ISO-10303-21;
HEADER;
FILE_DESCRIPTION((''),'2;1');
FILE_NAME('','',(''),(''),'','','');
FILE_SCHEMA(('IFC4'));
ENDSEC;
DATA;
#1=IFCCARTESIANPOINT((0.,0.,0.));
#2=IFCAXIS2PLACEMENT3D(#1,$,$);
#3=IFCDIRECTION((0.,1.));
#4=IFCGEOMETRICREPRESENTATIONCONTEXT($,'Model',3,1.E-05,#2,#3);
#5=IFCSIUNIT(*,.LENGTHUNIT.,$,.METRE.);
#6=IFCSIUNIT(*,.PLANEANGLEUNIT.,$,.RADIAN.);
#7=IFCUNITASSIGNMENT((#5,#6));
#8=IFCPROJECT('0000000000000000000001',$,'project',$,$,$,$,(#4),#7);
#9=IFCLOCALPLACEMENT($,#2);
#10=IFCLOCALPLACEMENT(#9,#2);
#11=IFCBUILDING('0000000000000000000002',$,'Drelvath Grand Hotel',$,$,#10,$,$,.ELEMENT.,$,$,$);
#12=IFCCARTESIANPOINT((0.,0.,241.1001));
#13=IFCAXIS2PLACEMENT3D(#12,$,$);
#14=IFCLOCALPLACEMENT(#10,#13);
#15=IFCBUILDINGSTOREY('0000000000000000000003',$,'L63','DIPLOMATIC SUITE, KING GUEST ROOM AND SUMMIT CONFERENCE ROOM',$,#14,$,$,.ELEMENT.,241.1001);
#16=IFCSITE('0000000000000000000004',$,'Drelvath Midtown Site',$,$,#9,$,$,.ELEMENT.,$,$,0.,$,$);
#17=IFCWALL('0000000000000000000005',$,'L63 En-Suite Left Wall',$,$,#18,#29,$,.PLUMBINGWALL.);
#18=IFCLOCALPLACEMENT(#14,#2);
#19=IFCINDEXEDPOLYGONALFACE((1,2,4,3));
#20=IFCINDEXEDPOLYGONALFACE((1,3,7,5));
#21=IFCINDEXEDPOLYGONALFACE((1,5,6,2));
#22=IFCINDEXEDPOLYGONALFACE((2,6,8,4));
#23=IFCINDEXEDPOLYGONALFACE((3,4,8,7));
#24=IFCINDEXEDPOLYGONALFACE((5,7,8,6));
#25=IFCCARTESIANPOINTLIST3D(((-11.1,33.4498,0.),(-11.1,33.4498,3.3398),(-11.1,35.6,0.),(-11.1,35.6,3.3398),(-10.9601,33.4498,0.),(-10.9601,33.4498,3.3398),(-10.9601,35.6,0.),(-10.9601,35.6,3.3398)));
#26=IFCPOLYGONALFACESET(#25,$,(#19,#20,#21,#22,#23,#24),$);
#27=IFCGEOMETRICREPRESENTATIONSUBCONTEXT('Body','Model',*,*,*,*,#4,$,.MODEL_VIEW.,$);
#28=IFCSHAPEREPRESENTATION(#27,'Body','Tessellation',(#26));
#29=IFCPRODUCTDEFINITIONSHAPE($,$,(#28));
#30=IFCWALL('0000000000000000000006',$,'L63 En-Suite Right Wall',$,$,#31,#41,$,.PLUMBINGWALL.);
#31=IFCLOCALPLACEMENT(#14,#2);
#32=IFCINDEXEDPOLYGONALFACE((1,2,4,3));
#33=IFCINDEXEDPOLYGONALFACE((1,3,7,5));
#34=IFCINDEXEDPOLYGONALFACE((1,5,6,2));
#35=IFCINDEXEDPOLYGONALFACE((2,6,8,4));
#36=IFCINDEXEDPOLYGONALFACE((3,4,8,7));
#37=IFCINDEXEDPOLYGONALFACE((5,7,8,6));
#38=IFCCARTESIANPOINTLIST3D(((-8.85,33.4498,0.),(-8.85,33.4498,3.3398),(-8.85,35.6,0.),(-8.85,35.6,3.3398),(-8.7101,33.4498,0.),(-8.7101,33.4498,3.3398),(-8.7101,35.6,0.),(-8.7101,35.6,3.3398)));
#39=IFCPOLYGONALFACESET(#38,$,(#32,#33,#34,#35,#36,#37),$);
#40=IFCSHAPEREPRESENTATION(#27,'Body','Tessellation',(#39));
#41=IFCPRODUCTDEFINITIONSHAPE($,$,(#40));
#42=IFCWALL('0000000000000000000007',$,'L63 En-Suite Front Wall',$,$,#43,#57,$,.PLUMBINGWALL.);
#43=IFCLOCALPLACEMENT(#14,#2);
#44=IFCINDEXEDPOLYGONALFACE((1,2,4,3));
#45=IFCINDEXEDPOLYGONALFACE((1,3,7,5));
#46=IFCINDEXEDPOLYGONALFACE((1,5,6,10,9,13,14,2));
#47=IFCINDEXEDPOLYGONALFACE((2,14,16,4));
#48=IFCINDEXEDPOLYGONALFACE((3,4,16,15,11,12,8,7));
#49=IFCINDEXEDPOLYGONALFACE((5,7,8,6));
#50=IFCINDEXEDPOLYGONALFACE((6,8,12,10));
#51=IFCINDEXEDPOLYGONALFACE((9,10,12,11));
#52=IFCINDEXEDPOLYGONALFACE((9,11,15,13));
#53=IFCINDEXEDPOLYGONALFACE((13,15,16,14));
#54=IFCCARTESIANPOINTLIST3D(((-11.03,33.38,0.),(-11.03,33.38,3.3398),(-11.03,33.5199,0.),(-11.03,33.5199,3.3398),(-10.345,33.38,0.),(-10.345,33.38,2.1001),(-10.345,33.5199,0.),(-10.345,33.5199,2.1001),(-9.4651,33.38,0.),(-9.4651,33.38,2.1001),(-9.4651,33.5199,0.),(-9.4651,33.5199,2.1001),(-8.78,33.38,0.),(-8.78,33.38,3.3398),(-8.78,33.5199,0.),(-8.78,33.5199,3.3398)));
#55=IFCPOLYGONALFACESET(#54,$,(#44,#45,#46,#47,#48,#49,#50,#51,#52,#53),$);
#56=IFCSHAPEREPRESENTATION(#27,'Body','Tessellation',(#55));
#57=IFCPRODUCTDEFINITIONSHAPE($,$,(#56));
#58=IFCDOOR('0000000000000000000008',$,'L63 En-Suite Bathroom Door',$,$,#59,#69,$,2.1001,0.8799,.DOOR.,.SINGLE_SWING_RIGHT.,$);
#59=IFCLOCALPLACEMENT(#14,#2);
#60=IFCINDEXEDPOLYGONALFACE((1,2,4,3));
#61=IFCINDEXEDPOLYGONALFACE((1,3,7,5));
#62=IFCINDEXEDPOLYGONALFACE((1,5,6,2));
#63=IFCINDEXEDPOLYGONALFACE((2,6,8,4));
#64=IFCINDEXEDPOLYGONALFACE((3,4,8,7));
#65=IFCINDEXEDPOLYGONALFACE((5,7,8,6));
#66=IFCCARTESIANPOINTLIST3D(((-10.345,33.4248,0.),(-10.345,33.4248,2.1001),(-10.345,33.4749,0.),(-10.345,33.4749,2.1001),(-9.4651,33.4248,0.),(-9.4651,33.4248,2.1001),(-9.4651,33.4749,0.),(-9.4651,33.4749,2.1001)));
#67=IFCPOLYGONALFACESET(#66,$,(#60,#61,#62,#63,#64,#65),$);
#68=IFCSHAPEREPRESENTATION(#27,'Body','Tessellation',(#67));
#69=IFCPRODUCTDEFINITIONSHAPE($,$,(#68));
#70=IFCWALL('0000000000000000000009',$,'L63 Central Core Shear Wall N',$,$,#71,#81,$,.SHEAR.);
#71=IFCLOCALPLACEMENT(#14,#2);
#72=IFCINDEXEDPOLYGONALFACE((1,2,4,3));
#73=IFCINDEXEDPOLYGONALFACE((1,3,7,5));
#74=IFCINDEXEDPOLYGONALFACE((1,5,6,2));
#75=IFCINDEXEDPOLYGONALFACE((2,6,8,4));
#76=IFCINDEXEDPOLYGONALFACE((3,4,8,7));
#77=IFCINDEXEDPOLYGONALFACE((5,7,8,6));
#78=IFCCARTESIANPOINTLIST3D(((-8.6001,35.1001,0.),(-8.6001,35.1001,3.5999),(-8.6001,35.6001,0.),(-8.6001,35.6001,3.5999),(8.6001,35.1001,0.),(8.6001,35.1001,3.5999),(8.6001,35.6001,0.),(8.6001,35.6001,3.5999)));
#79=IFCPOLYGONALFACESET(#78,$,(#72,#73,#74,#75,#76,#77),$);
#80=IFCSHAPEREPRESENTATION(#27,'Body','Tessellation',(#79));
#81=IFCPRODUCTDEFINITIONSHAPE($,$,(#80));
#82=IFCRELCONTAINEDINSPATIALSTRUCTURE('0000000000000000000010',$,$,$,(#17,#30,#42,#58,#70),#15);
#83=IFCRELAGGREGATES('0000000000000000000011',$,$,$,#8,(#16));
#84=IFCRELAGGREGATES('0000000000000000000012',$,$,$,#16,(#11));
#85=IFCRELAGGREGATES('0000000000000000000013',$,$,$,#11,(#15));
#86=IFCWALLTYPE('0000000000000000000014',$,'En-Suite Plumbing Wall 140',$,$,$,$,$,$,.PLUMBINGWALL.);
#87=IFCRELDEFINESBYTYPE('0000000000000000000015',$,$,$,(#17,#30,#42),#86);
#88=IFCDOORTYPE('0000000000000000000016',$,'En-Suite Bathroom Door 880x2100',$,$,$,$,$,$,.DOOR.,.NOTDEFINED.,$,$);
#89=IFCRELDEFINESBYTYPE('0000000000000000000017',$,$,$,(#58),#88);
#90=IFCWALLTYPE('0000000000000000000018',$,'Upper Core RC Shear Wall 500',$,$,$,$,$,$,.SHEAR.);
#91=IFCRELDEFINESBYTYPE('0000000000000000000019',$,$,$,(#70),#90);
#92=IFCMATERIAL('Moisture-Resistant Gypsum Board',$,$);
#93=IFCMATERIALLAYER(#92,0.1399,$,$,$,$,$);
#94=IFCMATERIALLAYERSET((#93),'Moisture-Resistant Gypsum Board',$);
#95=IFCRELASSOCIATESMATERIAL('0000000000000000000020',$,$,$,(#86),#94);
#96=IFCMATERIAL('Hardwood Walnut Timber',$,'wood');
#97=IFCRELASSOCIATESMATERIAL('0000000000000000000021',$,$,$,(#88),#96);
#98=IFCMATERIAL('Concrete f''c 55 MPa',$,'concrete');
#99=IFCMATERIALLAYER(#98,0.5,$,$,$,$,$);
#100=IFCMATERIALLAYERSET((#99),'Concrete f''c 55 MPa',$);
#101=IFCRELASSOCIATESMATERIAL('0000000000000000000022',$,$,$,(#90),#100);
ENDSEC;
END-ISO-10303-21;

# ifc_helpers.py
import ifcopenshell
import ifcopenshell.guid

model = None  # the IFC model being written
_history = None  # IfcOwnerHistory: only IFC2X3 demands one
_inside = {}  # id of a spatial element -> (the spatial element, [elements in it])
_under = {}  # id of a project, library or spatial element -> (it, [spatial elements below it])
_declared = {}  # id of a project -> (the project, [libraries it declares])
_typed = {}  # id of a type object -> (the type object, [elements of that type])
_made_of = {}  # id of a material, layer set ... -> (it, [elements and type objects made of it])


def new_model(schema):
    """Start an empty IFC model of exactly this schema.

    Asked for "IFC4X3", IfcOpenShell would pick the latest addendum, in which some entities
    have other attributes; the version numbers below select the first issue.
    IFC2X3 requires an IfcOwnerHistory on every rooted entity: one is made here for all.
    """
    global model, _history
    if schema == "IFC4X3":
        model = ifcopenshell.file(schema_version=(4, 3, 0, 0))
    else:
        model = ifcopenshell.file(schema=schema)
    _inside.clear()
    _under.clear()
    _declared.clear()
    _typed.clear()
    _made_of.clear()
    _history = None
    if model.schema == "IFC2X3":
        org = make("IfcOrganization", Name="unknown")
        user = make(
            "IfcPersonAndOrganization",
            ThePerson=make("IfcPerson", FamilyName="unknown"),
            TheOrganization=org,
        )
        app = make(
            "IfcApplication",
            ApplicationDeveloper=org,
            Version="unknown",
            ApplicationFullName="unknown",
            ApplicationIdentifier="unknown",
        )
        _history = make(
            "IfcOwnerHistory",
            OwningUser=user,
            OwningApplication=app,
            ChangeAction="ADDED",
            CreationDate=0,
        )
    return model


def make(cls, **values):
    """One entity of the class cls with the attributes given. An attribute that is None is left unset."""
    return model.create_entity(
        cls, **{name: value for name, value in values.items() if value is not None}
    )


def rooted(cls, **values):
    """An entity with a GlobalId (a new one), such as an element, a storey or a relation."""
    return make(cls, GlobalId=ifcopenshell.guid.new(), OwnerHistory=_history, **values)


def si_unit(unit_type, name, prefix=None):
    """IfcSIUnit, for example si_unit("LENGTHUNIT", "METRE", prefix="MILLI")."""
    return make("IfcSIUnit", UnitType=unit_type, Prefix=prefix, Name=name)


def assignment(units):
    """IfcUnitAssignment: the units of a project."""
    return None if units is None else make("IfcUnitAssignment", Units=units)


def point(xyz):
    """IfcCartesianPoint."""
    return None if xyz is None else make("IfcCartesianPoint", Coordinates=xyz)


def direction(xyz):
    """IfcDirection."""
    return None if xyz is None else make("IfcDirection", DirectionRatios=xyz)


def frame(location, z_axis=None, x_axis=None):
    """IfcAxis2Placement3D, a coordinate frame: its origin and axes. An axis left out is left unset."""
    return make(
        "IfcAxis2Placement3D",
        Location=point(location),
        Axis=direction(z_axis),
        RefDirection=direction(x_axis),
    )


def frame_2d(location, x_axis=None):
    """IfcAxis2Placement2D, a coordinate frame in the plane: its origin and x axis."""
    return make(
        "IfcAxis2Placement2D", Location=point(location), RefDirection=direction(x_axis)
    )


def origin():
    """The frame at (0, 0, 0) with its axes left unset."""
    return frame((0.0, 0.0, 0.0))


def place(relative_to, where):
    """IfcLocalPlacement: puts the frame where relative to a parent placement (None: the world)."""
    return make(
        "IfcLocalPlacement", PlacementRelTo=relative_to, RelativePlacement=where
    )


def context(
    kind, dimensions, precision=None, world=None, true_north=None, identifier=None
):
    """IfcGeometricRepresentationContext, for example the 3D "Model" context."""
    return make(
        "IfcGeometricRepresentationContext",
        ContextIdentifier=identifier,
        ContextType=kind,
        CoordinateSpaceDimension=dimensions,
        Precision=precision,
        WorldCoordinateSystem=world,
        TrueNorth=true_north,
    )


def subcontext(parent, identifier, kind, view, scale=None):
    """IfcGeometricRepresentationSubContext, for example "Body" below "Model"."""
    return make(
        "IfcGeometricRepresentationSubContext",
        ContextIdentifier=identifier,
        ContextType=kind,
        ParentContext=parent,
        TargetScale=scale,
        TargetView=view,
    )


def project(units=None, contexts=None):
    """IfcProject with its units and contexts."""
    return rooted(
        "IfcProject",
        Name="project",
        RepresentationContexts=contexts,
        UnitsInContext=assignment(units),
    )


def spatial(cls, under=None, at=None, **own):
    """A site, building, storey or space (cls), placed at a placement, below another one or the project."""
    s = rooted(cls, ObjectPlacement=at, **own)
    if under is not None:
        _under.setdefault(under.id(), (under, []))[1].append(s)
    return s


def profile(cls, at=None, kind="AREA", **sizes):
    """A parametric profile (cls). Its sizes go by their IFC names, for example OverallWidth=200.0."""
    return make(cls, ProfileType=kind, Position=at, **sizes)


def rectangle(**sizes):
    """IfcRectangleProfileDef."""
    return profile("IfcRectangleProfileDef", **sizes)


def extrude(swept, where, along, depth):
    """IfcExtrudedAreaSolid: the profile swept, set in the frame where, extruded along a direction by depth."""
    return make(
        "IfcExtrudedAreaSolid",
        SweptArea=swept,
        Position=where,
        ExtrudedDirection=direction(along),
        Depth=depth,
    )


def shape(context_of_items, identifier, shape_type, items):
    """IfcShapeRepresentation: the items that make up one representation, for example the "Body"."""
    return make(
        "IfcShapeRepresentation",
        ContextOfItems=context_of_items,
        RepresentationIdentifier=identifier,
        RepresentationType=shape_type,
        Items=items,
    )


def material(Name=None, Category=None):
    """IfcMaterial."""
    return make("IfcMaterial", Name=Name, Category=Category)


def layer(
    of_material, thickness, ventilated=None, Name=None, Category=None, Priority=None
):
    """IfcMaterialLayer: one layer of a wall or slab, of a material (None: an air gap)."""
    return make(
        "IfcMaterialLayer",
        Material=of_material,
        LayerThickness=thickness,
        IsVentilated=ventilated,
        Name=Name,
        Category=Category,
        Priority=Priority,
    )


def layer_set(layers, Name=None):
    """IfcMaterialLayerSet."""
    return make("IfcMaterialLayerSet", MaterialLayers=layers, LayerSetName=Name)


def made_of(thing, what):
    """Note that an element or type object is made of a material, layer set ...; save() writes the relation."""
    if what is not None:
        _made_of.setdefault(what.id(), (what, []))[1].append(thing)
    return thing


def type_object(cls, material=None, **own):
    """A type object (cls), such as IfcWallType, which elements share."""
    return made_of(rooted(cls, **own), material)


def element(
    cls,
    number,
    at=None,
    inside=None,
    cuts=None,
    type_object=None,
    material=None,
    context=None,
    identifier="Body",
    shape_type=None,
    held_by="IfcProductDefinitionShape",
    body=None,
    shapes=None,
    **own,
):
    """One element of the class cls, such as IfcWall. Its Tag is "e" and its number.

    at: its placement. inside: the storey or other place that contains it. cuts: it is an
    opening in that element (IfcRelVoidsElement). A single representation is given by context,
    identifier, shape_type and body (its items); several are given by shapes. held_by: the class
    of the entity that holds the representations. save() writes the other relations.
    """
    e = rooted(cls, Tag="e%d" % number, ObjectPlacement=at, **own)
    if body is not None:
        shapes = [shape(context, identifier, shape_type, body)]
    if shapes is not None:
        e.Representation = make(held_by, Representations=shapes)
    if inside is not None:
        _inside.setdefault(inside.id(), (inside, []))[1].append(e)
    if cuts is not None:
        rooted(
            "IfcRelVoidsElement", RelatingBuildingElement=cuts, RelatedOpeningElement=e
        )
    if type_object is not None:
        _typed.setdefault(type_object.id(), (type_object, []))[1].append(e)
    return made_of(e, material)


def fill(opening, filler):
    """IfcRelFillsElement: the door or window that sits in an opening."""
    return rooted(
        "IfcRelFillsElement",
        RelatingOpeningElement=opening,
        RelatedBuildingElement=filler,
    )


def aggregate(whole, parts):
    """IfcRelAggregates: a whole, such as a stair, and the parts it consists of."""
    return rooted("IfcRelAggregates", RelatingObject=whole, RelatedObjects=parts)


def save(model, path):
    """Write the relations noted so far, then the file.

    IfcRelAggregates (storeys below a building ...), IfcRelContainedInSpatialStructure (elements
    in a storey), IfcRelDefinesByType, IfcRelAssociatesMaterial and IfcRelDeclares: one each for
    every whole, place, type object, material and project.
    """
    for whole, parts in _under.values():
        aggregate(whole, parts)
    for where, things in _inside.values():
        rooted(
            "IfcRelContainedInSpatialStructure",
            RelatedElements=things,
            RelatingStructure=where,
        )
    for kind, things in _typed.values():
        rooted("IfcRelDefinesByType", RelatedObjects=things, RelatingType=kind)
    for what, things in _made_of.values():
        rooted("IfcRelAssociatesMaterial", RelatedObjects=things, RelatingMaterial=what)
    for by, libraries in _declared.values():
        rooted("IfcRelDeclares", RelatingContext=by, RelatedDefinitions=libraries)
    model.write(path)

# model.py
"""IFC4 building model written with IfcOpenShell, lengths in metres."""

from ifc_helpers import new_model, si_unit, direction, frame, frame_2d, origin, place, context, subcontext, project, spatial, rectangle, extrude, material, layer, layer_set, type_object, element, fill, save


model = new_model("IFC4")

# Units and contexts
model_context = context("Model", 3, precision=1e-05, world=origin(), true_north=direction((0.0, 1.0)))
body_context = subcontext(model_context, "Body", "Model", "MODEL_VIEW")
ifc_project = project(units=[si_unit("LENGTHUNIT", "METRE"), si_unit("PLANEANGLEUNIT", "RADIAN")], contexts=[model_context])

# Site, building, storey
site_placement = place(None, origin())
site = spatial("IfcSite", under=ifc_project, at=site_placement, Name="Drelvath Midtown Site", CompositionType="ELEMENT", RefElevation=0.0)
building_placement = place(site_placement, origin())
building = spatial("IfcBuilding", under=site, at=building_placement, Name="Drelvath Grand Hotel", CompositionType="ELEMENT")
storey_placement = place(building_placement, frame((0.0, 0.0, 241.1001)))
storey = spatial("IfcBuildingStorey", under=building, at=storey_placement, Name="L63", Description="DIPLOMATIC SUITE, KING GUEST ROOM AND SUMMIT CONFERENCE ROOM", CompositionType="ELEMENT", Elevation=241.1001)

# Shared definitions
ifc_material_1 = material(Name="Concrete f'c 55 MPa", Category="concrete")

# Shared definitions
ifc_material_2 = material(Name="Hardwood Walnut Timber", Category="wood")

# Walls
ifc_material_3 = material(Name="Moisture-Resistant Gypsum Board")
ifc_layer_1 = layer(ifc_material_3, 0.1399)
ifc_layer_set_1 = layer_set([ifc_layer_1], Name="Moisture-Resistant Gypsum Board")
wall_type_1 = type_object("IfcWallType", Name="En-Suite Plumbing Wall 140", PredefinedType="PLUMBINGWALL", material=ifc_layer_set_1)
for number, where, z_axis, x_axis, name in (
    (1, (-11.03, 35.6001, 0.0), (0.0, 0.0, 1.0), (0.0, -1.0, 0.0), "L63 En-Suite Left Wall"),
    (2, (-8.78, 35.6001, 0.0), (0.0, 0.0, 1.0), (0.0, -1.0, 0.0), "L63 En-Suite Right Wall"),
):
    element("IfcWall", number, at=place(storey_placement, frame(where, z_axis=z_axis, x_axis=x_axis)), inside=storey, type_object=wall_type_1, Name=name, PredefinedType="PLUMBINGWALL", context=body_context, shape_type="SweptSolid", body=[
        extrude(rectangle(XDim=2.1501, YDim=0.1399, at=frame_2d((1.0752, 0.0))), origin(), (0.0, 0.0, 1.0), 3.3398),
    ])

# Wall, opening, door
wall_1_placement = place(storey_placement, frame((-11.03, 33.45, 0.0), z_axis=(0.0, 0.0, 1.0), x_axis=(1.0, 0.0, 0.0)))
wall_1 = element("IfcWall", 3, at=wall_1_placement, inside=storey, type_object=wall_type_1, Name="L63 En-Suite Front Wall", PredefinedType="PLUMBINGWALL", context=body_context, shape_type="SweptSolid", body=[
    extrude(rectangle(XDim=2.25, YDim=0.1399, at=frame_2d((1.125, 0.0))), origin(), (0.0, 0.0, 1.0), 3.3398),
])
opening_1_placement = place(wall_1_placement, frame((0.6851, 0.0, 0.0)))
opening_1 = element("IfcOpeningElement", 4, at=opening_1_placement, cuts=wall_1, PredefinedType="OPENING", context=body_context, shape_type="SweptSolid", body=[
    extrude(rectangle(XDim=0.8799, YDim=2.1001, at=frame_2d((0.4399, 1.05))), frame((0.0, 0.0798, 0.0), z_axis=(0.0, -1.0, 0.0), x_axis=(1.0, 0.0, 0.0)), (0.0, 0.0, 1.0), 0.1599),
])
door_type_1 = type_object("IfcDoorType", Name="En-Suite Bathroom Door 880x2100", OperationType="NOTDEFINED", PredefinedType="DOOR", material=ifc_material_2)
door_1_placement = place(opening_1_placement, origin())
door_1 = element("IfcDoor", 5, at=door_1_placement, inside=storey, type_object=door_type_1, Name="L63 En-Suite Bathroom Door", OperationType="SINGLE_SWING_RIGHT", OverallHeight=2.1001, OverallWidth=0.8799, PredefinedType="DOOR", context=body_context, shape_type="SweptSolid", body=[
    extrude(rectangle(XDim=0.8799, YDim=2.1001, at=frame_2d((0.4399, 1.05))), frame((0.0, 0.0249, 0.0), z_axis=(0.0, -1.0, 0.0), x_axis=(1.0, 0.0, 0.0)), (0.0, 0.0, 1.0), 0.05),
])
fill(opening_1, door_1)

# Wall
ifc_layer_2 = layer(ifc_material_1, 0.5)
ifc_layer_set_2 = layer_set([ifc_layer_2], Name="Concrete f'c 55 MPa")
wall_type_2 = type_object("IfcWallType", Name="Upper Core RC Shear Wall 500", PredefinedType="SHEAR", material=ifc_layer_set_2)
wall_2_placement = place(storey_placement, frame((-8.6001, 35.3501, 0.0), z_axis=(0.0, 0.0, 1.0), x_axis=(1.0, 0.0, 0.0)))
element("IfcWall", 6, at=wall_2_placement, inside=storey, type_object=wall_type_2, Name="L63 Central Core Shear Wall N", PredefinedType="SHEAR", context=body_context, shape_type="SweptSolid", body=[
    extrude(rectangle(XDim=17.2002, YDim=0.5, at=frame_2d((8.6001, 0.0))), origin(), (0.0, 0.0, 1.0), 3.5999),
])

save(model, "model.ifc")
